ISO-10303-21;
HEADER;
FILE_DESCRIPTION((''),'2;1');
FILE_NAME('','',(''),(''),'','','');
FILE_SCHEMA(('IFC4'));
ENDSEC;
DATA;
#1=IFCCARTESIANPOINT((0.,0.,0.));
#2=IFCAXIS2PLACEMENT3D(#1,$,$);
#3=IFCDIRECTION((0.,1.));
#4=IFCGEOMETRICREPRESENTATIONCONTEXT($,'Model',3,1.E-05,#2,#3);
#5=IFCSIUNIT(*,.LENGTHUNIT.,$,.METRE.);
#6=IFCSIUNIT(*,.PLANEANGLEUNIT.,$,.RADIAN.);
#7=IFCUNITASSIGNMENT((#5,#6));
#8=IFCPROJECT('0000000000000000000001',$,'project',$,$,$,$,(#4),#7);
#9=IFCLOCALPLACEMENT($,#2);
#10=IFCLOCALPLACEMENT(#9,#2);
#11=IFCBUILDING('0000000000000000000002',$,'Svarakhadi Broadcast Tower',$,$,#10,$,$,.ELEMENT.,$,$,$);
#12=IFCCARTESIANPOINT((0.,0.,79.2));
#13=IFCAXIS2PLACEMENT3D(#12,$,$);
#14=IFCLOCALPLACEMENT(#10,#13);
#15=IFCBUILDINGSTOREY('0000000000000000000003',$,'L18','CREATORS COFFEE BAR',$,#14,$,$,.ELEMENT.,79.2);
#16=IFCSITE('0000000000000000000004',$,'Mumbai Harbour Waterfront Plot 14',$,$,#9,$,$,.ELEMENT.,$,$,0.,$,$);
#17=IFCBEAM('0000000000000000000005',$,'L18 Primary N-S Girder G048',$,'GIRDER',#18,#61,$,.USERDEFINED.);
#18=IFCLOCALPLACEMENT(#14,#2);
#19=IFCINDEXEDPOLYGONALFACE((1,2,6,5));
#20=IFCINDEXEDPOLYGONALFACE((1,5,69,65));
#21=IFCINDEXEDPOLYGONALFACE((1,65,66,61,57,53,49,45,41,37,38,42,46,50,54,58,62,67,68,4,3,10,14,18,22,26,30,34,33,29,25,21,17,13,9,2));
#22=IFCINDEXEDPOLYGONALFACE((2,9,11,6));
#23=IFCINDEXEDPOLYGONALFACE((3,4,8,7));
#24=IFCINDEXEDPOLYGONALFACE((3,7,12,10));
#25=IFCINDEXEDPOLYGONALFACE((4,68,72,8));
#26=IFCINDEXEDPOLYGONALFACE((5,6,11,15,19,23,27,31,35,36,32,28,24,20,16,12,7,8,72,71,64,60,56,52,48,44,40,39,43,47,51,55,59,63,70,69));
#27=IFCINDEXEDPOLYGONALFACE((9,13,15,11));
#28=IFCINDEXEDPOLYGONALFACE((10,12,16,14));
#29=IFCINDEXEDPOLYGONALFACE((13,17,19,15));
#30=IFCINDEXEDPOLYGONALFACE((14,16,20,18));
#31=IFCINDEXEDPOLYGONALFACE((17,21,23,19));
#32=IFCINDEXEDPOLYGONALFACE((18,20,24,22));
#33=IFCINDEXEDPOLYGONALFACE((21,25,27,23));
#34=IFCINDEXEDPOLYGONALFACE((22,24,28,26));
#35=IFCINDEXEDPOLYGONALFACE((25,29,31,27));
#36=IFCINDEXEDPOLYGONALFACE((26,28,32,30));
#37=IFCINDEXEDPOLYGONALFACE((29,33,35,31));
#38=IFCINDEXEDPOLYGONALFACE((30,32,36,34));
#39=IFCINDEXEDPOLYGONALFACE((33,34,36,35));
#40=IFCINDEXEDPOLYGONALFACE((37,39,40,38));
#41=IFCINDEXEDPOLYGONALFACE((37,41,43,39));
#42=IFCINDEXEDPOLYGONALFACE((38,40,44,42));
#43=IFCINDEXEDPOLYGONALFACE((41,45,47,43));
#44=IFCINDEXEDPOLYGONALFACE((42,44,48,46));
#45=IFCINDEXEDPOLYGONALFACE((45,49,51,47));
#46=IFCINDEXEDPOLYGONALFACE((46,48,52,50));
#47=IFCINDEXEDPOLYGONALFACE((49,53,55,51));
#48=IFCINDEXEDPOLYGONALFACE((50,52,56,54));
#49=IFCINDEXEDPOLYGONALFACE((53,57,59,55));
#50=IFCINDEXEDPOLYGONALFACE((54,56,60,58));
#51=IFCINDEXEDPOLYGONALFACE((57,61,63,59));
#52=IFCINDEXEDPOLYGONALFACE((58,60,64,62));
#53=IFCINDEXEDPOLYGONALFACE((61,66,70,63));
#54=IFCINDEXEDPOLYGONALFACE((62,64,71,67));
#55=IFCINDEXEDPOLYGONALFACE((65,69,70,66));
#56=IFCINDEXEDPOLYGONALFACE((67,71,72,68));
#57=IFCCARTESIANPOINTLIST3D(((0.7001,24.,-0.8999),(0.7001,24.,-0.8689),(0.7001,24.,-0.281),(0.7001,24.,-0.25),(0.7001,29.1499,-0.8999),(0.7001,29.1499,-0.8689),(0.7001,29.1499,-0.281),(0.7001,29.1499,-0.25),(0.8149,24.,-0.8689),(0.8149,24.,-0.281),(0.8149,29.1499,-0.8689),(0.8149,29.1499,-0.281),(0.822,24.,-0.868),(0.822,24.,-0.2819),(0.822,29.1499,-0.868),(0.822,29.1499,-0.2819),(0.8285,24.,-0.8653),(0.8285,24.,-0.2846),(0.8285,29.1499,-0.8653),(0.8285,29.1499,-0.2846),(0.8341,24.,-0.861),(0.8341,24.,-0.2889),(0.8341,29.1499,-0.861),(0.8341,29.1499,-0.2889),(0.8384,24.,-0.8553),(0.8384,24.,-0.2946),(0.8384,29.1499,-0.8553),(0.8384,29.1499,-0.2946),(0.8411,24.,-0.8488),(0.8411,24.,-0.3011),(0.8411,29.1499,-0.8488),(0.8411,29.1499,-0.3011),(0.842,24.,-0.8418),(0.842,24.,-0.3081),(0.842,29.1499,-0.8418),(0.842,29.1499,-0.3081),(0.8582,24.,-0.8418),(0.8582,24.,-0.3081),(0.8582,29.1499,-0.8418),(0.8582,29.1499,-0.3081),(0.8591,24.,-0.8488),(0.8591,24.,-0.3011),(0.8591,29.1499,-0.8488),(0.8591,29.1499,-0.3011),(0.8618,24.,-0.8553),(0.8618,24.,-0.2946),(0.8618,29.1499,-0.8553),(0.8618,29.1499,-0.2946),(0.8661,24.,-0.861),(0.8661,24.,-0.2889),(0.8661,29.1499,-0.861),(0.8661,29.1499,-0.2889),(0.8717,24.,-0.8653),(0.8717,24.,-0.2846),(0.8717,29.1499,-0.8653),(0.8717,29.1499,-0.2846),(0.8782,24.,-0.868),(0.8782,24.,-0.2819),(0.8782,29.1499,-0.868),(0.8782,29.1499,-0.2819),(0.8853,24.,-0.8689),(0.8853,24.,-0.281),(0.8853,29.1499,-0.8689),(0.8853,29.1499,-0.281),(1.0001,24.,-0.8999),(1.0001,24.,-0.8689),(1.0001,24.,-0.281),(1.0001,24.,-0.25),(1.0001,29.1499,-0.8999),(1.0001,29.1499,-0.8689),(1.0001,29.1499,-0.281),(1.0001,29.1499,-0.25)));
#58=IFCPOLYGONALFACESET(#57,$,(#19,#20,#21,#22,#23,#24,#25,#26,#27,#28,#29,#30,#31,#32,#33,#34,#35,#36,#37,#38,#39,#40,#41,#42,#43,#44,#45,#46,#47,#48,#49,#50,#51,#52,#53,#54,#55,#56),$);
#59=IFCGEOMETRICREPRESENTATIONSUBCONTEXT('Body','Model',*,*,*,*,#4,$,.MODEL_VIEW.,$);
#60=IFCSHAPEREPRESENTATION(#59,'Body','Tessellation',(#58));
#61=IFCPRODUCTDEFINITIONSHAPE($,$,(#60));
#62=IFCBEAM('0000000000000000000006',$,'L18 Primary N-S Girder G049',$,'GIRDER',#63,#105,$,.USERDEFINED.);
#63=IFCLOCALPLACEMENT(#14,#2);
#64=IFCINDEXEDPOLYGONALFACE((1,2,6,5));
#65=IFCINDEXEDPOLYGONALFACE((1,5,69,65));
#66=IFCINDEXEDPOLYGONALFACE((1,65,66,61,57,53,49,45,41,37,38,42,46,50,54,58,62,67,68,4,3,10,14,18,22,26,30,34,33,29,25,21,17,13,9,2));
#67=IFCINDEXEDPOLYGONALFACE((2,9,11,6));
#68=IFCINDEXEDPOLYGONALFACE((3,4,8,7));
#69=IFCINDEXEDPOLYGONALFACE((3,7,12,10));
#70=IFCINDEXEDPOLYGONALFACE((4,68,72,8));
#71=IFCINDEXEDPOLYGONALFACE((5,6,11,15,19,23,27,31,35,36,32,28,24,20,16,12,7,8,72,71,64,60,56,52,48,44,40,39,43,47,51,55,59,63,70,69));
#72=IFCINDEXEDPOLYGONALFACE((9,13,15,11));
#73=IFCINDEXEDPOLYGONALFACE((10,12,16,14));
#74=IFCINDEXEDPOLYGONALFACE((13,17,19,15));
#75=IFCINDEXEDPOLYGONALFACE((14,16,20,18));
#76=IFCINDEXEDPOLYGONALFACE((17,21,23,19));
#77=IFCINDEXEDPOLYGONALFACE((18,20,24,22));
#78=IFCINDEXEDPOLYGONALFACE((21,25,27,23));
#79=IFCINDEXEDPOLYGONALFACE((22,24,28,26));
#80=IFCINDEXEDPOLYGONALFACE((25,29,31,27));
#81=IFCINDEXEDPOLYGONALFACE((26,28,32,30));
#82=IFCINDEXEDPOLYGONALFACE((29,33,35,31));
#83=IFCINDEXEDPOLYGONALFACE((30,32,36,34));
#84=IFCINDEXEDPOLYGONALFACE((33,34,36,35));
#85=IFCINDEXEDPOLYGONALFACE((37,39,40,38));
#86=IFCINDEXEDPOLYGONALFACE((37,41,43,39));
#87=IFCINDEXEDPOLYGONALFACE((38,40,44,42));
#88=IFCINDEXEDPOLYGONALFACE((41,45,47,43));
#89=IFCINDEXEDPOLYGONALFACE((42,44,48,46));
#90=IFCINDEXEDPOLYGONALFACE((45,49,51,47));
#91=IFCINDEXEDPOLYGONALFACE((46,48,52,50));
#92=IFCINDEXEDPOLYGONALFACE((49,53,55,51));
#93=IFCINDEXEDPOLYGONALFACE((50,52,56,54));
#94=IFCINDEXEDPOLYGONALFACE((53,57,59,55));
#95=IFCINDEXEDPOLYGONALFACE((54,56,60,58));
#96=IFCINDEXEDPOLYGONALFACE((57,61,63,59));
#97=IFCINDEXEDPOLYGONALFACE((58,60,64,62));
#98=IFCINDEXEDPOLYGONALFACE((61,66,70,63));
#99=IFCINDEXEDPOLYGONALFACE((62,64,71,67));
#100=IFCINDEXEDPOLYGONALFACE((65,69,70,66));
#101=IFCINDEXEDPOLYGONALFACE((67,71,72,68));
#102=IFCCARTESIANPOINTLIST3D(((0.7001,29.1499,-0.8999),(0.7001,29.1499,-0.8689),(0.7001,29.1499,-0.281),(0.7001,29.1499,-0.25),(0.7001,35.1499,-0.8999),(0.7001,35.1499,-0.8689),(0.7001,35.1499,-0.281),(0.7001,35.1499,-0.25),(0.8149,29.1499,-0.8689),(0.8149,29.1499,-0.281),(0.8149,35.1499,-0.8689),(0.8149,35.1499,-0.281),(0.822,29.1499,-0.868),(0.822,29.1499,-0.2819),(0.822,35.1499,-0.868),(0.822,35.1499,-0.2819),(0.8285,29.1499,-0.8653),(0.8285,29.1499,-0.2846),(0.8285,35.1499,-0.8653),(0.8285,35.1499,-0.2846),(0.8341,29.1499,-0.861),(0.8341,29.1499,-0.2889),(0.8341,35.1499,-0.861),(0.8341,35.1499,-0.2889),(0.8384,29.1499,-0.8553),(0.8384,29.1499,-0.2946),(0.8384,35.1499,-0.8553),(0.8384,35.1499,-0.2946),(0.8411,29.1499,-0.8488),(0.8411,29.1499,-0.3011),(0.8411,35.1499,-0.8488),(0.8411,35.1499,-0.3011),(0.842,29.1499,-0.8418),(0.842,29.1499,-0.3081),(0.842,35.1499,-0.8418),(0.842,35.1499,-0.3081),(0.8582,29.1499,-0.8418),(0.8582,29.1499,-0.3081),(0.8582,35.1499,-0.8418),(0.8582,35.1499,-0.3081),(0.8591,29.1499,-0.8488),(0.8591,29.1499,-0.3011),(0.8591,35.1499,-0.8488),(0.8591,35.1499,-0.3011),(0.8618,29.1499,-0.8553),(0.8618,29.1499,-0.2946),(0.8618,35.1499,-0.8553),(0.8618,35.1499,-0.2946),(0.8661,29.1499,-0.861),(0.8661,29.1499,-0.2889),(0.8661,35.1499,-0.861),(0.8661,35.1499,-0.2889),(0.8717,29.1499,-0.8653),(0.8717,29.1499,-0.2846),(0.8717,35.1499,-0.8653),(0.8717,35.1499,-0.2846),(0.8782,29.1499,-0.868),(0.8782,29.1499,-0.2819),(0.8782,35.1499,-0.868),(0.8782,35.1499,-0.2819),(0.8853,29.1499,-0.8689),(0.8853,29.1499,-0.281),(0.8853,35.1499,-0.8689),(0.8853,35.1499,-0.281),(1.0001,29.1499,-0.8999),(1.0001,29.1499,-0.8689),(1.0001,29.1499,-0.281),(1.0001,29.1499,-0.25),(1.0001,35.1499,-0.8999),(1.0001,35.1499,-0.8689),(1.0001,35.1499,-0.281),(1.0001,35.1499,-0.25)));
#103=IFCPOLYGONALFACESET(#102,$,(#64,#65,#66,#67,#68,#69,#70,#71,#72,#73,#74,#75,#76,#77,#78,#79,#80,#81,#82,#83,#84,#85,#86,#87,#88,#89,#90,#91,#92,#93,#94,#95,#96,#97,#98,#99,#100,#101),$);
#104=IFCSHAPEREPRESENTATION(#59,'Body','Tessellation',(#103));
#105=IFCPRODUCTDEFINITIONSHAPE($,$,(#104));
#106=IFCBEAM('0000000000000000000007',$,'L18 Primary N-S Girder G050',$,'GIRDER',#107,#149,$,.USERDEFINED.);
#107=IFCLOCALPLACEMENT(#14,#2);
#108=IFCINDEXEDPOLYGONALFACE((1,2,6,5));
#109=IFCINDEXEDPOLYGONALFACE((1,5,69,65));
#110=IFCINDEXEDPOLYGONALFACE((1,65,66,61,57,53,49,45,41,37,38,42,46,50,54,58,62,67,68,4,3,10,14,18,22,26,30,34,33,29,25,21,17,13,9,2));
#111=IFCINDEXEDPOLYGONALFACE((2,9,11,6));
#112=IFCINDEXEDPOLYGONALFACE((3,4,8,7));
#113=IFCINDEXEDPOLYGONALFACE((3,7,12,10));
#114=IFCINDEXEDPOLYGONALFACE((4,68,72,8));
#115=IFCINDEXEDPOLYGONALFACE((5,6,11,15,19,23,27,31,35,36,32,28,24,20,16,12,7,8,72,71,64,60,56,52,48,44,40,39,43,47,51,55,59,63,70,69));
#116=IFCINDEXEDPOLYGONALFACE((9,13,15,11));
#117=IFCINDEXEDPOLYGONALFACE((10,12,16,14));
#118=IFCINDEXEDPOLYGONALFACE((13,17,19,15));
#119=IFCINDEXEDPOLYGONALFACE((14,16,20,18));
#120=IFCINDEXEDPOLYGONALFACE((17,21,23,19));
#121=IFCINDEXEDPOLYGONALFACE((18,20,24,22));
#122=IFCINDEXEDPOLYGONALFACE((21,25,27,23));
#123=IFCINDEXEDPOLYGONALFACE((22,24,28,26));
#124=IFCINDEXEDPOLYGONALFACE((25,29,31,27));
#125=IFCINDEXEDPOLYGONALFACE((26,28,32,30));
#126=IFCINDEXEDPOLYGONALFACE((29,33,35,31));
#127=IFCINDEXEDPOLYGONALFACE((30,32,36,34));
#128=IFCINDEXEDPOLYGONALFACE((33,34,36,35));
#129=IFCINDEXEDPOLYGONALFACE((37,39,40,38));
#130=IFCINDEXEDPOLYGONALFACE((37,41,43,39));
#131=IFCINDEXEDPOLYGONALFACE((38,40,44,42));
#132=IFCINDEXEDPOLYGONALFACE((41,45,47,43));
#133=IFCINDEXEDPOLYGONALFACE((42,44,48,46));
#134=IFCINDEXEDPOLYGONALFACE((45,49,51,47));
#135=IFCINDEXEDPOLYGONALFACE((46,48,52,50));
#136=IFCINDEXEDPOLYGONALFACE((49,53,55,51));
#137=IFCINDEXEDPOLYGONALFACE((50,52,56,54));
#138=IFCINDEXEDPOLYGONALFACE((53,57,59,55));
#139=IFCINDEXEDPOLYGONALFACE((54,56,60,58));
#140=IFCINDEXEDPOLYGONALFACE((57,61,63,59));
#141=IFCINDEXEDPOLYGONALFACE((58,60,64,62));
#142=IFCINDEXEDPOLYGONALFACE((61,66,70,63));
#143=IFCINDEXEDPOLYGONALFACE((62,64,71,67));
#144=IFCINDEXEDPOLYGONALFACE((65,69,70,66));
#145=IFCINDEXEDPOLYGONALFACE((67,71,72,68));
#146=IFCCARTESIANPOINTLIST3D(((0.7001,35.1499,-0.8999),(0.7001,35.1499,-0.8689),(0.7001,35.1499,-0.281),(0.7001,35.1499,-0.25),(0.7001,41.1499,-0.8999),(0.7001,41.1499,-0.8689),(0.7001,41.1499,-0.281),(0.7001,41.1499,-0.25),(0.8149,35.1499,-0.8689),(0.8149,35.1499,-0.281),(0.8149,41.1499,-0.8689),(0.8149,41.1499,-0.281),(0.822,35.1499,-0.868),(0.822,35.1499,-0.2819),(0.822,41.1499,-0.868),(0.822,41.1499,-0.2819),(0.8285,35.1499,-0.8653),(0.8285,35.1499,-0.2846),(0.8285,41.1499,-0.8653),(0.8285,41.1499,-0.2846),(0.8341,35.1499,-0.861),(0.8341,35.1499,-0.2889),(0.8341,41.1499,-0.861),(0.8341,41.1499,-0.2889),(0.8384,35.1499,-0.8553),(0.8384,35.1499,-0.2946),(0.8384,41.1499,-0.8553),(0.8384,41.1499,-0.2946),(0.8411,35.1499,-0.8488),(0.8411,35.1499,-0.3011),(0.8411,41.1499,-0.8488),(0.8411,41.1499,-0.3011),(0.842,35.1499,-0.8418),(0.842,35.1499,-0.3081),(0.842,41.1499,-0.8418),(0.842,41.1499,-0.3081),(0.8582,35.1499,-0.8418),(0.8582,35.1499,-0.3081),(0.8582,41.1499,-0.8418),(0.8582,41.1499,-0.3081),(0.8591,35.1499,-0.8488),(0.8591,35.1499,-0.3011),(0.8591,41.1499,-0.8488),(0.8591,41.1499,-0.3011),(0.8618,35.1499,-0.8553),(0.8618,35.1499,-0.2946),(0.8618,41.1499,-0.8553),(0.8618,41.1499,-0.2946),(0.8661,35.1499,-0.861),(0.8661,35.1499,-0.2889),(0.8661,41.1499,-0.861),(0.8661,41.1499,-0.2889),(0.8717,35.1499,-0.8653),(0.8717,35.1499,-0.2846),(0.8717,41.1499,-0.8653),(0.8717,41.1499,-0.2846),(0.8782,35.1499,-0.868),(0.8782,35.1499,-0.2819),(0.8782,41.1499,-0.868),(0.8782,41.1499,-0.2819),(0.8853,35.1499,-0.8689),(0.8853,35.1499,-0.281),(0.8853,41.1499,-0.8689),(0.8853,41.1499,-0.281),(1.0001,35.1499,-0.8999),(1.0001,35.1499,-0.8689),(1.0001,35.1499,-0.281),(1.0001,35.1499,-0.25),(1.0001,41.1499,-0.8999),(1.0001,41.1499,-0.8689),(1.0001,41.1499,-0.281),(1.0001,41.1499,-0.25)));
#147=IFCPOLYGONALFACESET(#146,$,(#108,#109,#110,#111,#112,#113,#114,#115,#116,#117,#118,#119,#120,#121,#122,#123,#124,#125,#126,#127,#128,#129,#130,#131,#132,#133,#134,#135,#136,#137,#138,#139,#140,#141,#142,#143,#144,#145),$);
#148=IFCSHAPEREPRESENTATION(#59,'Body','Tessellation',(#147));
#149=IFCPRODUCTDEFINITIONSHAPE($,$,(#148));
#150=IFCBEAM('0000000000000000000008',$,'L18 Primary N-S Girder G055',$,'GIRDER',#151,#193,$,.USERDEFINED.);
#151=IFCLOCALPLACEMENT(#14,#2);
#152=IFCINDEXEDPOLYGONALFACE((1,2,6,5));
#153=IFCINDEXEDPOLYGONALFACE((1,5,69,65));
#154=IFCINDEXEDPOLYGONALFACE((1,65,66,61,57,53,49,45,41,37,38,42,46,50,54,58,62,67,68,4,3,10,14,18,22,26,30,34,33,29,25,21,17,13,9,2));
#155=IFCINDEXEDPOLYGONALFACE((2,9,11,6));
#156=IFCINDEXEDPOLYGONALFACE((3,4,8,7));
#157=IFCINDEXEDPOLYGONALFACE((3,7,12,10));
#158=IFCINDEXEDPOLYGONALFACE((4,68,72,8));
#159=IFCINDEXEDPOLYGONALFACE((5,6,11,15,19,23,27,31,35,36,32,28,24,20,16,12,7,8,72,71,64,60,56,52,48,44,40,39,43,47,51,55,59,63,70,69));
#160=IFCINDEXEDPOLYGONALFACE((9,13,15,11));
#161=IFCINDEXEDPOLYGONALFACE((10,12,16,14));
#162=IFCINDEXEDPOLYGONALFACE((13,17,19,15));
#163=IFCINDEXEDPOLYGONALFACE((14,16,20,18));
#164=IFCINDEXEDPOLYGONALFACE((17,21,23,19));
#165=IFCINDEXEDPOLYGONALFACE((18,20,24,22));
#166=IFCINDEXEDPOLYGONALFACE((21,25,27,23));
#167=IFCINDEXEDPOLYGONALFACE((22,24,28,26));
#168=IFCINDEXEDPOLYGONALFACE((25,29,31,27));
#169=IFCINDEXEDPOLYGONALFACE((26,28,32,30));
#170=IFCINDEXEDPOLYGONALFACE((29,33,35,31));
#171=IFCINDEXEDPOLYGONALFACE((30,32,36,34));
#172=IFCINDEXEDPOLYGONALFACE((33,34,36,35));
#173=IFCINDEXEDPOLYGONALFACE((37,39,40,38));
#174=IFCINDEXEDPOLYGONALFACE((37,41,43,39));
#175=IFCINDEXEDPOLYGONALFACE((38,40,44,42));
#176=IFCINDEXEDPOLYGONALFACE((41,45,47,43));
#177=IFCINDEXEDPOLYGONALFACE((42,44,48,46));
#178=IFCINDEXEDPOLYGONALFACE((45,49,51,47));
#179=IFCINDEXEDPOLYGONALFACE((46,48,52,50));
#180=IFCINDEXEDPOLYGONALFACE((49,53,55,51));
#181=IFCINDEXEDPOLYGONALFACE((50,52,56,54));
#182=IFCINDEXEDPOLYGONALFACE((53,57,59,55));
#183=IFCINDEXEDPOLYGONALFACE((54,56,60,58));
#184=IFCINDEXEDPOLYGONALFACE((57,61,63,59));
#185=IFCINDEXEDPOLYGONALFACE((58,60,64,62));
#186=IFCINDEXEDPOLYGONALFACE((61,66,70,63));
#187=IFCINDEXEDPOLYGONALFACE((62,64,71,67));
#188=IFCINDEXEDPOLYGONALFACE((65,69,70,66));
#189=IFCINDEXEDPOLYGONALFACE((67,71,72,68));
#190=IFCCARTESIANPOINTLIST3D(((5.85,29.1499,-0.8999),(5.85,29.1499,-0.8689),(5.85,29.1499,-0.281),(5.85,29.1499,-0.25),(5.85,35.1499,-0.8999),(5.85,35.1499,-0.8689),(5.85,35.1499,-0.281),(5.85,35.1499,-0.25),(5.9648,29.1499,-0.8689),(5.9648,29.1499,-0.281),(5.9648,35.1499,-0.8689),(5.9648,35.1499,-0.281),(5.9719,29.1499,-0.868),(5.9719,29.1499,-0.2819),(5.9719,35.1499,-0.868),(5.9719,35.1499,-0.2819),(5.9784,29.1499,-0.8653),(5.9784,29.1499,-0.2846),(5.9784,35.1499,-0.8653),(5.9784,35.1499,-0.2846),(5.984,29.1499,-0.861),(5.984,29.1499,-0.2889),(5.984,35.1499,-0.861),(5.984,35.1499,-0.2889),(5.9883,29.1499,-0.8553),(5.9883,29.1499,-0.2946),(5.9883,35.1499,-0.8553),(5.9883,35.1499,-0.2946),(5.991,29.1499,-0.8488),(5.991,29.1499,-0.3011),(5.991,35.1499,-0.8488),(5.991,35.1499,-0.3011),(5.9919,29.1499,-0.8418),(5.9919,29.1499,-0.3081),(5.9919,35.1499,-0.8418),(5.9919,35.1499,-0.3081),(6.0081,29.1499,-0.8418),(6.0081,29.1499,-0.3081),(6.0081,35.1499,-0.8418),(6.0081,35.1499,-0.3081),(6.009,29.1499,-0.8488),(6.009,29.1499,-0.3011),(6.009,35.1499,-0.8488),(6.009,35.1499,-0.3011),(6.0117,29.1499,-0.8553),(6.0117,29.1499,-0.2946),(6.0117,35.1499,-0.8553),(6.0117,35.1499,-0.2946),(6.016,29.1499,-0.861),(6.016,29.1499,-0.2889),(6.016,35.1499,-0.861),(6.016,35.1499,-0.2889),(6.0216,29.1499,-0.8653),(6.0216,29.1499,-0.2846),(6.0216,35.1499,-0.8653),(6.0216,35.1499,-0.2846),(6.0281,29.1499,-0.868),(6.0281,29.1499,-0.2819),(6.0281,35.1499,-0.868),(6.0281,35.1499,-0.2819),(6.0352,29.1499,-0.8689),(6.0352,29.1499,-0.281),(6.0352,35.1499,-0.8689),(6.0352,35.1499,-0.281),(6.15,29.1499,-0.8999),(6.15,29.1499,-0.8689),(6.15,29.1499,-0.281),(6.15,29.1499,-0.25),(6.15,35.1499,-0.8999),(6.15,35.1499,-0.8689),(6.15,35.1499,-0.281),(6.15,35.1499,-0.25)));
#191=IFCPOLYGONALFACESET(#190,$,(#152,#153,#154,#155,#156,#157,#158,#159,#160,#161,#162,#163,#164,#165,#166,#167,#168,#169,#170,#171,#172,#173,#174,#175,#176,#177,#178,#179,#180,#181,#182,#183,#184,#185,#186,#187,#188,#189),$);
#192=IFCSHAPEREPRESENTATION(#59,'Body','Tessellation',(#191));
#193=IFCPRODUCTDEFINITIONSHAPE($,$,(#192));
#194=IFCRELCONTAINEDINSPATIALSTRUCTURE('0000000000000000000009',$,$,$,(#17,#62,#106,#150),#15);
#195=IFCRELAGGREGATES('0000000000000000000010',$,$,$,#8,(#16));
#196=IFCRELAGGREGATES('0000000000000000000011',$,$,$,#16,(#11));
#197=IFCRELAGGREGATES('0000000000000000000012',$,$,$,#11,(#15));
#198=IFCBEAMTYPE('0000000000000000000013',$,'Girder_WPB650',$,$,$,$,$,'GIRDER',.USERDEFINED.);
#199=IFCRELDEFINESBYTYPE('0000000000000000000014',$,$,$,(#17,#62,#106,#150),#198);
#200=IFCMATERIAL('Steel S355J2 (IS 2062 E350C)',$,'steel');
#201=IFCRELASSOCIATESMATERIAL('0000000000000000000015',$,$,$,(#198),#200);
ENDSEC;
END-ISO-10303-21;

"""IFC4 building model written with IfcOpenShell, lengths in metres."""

from ifc_helpers import new_model, si_unit, direction, frame, origin, origin_2d, place, context, subcontext, project, spatial, i_section, extrude, material, material_profile, profile_set, type_object, element, save


model = new_model("IFC4")

# Units and contexts
model_context = context("Model", 3, precision=1e-05, world=origin(), true_north=direction((0.0, 1.0)))
body_context = subcontext(model_context, "Body", "Model", "MODEL_VIEW")
ifc_project = project(units=[si_unit("LENGTHUNIT", "METRE"), si_unit("PLANEANGLEUNIT", "RADIAN")], contexts=[model_context])

# Site, building, storey
site_placement = place(None, origin())
site = spatial("IfcSite", under=ifc_project, at=site_placement, Name="Mumbai Harbour Waterfront Plot 14", CompositionType="ELEMENT", RefElevation=0.0)
building_placement = place(site_placement, origin())
building = spatial("IfcBuilding", under=site, at=building_placement, Name="Svarakhadi Broadcast Tower", CompositionType="ELEMENT")
storey_placement = place(building_placement, frame((0.0, 0.0, 79.2)))
storey = spatial("IfcBuildingStorey", under=building, at=storey_placement, Name="L18", Description="CREATORS COFFEE BAR", CompositionType="ELEMENT", Elevation=79.2)

# Shared definitions
ifc_material_1 = material(Name="Steel S355J2 (IS 2062 E350C)", Category="steel")

# Beams
ifc_material_profile_1 = material_profile(ifc_material_1, i_section(OverallWidth=0.3, OverallDepth=0.6499, WebThickness=0.0161, FlangeThickness=0.031, FilletRadius=0.0271, at=origin_2d()), Name="WPB 650x300x225")
ifc_profile_set_1 = profile_set([ifc_material_profile_1], Name="Steel S355J2 (IS 2062 E350C)")
beam_type_1 = type_object("IfcBeamType", Name="Girder_WPB650", ElementType="GIRDER", PredefinedType="USERDEFINED", material=ifc_profile_set_1)
for number, where, z_axis, x_axis, name in (
    (1, (0.8501, 24.0, -0.575), (0.0, 1.0, 0.0), (-1.0, 0.0, 0.0), "L18 Primary N-S Girder G048"),
):
    element("IfcBeam", number, at=place(storey_placement, frame(where, z_axis=z_axis, x_axis=x_axis)), inside=storey, type_object=beam_type_1, Name=name, ObjectType="GIRDER", PredefinedType="USERDEFINED", context=body_context, shape_type="SweptSolid", body=[
        extrude(i_section(OverallWidth=0.3, OverallDepth=0.6499, WebThickness=0.0161, FlangeThickness=0.031, FilletRadius=0.0271, at=origin_2d()), origin(), (0.0, 0.0, 1.0), 5.1499),
    ])
for number, where, z_axis, x_axis, name in (
    (2, (0.8501, 29.1499, -0.575), (0.0, 1.0, 0.0), (-1.0, 0.0, 0.0), "L18 Primary N-S Girder G049"),
    (3, (0.8501, 35.1499, -0.575), (0.0, 1.0, 0.0), (-1.0, 0.0, 0.0), "L18 Primary N-S Girder G050"),
    (4, (6.0, 29.1499, -0.575), (0.0, 1.0, 0.0), (-1.0, 0.0, 0.0), "L18 Primary N-S Girder G055"),
):
    element("IfcBeam", number, at=place(storey_placement, frame(where, z_axis=z_axis, x_axis=x_axis)), inside=storey, type_object=beam_type_1, Name=name, ObjectType="GIRDER", PredefinedType="USERDEFINED", context=body_context, shape_type="SweptSolid", body=[
        extrude(i_section(OverallWidth=0.3, OverallDepth=0.6499, WebThickness=0.0161, FlangeThickness=0.031, FilletRadius=0.0271, at=origin_2d()), origin(), (0.0, 0.0, 1.0), 6.0),
    ])

save(model, "model.ifc")
